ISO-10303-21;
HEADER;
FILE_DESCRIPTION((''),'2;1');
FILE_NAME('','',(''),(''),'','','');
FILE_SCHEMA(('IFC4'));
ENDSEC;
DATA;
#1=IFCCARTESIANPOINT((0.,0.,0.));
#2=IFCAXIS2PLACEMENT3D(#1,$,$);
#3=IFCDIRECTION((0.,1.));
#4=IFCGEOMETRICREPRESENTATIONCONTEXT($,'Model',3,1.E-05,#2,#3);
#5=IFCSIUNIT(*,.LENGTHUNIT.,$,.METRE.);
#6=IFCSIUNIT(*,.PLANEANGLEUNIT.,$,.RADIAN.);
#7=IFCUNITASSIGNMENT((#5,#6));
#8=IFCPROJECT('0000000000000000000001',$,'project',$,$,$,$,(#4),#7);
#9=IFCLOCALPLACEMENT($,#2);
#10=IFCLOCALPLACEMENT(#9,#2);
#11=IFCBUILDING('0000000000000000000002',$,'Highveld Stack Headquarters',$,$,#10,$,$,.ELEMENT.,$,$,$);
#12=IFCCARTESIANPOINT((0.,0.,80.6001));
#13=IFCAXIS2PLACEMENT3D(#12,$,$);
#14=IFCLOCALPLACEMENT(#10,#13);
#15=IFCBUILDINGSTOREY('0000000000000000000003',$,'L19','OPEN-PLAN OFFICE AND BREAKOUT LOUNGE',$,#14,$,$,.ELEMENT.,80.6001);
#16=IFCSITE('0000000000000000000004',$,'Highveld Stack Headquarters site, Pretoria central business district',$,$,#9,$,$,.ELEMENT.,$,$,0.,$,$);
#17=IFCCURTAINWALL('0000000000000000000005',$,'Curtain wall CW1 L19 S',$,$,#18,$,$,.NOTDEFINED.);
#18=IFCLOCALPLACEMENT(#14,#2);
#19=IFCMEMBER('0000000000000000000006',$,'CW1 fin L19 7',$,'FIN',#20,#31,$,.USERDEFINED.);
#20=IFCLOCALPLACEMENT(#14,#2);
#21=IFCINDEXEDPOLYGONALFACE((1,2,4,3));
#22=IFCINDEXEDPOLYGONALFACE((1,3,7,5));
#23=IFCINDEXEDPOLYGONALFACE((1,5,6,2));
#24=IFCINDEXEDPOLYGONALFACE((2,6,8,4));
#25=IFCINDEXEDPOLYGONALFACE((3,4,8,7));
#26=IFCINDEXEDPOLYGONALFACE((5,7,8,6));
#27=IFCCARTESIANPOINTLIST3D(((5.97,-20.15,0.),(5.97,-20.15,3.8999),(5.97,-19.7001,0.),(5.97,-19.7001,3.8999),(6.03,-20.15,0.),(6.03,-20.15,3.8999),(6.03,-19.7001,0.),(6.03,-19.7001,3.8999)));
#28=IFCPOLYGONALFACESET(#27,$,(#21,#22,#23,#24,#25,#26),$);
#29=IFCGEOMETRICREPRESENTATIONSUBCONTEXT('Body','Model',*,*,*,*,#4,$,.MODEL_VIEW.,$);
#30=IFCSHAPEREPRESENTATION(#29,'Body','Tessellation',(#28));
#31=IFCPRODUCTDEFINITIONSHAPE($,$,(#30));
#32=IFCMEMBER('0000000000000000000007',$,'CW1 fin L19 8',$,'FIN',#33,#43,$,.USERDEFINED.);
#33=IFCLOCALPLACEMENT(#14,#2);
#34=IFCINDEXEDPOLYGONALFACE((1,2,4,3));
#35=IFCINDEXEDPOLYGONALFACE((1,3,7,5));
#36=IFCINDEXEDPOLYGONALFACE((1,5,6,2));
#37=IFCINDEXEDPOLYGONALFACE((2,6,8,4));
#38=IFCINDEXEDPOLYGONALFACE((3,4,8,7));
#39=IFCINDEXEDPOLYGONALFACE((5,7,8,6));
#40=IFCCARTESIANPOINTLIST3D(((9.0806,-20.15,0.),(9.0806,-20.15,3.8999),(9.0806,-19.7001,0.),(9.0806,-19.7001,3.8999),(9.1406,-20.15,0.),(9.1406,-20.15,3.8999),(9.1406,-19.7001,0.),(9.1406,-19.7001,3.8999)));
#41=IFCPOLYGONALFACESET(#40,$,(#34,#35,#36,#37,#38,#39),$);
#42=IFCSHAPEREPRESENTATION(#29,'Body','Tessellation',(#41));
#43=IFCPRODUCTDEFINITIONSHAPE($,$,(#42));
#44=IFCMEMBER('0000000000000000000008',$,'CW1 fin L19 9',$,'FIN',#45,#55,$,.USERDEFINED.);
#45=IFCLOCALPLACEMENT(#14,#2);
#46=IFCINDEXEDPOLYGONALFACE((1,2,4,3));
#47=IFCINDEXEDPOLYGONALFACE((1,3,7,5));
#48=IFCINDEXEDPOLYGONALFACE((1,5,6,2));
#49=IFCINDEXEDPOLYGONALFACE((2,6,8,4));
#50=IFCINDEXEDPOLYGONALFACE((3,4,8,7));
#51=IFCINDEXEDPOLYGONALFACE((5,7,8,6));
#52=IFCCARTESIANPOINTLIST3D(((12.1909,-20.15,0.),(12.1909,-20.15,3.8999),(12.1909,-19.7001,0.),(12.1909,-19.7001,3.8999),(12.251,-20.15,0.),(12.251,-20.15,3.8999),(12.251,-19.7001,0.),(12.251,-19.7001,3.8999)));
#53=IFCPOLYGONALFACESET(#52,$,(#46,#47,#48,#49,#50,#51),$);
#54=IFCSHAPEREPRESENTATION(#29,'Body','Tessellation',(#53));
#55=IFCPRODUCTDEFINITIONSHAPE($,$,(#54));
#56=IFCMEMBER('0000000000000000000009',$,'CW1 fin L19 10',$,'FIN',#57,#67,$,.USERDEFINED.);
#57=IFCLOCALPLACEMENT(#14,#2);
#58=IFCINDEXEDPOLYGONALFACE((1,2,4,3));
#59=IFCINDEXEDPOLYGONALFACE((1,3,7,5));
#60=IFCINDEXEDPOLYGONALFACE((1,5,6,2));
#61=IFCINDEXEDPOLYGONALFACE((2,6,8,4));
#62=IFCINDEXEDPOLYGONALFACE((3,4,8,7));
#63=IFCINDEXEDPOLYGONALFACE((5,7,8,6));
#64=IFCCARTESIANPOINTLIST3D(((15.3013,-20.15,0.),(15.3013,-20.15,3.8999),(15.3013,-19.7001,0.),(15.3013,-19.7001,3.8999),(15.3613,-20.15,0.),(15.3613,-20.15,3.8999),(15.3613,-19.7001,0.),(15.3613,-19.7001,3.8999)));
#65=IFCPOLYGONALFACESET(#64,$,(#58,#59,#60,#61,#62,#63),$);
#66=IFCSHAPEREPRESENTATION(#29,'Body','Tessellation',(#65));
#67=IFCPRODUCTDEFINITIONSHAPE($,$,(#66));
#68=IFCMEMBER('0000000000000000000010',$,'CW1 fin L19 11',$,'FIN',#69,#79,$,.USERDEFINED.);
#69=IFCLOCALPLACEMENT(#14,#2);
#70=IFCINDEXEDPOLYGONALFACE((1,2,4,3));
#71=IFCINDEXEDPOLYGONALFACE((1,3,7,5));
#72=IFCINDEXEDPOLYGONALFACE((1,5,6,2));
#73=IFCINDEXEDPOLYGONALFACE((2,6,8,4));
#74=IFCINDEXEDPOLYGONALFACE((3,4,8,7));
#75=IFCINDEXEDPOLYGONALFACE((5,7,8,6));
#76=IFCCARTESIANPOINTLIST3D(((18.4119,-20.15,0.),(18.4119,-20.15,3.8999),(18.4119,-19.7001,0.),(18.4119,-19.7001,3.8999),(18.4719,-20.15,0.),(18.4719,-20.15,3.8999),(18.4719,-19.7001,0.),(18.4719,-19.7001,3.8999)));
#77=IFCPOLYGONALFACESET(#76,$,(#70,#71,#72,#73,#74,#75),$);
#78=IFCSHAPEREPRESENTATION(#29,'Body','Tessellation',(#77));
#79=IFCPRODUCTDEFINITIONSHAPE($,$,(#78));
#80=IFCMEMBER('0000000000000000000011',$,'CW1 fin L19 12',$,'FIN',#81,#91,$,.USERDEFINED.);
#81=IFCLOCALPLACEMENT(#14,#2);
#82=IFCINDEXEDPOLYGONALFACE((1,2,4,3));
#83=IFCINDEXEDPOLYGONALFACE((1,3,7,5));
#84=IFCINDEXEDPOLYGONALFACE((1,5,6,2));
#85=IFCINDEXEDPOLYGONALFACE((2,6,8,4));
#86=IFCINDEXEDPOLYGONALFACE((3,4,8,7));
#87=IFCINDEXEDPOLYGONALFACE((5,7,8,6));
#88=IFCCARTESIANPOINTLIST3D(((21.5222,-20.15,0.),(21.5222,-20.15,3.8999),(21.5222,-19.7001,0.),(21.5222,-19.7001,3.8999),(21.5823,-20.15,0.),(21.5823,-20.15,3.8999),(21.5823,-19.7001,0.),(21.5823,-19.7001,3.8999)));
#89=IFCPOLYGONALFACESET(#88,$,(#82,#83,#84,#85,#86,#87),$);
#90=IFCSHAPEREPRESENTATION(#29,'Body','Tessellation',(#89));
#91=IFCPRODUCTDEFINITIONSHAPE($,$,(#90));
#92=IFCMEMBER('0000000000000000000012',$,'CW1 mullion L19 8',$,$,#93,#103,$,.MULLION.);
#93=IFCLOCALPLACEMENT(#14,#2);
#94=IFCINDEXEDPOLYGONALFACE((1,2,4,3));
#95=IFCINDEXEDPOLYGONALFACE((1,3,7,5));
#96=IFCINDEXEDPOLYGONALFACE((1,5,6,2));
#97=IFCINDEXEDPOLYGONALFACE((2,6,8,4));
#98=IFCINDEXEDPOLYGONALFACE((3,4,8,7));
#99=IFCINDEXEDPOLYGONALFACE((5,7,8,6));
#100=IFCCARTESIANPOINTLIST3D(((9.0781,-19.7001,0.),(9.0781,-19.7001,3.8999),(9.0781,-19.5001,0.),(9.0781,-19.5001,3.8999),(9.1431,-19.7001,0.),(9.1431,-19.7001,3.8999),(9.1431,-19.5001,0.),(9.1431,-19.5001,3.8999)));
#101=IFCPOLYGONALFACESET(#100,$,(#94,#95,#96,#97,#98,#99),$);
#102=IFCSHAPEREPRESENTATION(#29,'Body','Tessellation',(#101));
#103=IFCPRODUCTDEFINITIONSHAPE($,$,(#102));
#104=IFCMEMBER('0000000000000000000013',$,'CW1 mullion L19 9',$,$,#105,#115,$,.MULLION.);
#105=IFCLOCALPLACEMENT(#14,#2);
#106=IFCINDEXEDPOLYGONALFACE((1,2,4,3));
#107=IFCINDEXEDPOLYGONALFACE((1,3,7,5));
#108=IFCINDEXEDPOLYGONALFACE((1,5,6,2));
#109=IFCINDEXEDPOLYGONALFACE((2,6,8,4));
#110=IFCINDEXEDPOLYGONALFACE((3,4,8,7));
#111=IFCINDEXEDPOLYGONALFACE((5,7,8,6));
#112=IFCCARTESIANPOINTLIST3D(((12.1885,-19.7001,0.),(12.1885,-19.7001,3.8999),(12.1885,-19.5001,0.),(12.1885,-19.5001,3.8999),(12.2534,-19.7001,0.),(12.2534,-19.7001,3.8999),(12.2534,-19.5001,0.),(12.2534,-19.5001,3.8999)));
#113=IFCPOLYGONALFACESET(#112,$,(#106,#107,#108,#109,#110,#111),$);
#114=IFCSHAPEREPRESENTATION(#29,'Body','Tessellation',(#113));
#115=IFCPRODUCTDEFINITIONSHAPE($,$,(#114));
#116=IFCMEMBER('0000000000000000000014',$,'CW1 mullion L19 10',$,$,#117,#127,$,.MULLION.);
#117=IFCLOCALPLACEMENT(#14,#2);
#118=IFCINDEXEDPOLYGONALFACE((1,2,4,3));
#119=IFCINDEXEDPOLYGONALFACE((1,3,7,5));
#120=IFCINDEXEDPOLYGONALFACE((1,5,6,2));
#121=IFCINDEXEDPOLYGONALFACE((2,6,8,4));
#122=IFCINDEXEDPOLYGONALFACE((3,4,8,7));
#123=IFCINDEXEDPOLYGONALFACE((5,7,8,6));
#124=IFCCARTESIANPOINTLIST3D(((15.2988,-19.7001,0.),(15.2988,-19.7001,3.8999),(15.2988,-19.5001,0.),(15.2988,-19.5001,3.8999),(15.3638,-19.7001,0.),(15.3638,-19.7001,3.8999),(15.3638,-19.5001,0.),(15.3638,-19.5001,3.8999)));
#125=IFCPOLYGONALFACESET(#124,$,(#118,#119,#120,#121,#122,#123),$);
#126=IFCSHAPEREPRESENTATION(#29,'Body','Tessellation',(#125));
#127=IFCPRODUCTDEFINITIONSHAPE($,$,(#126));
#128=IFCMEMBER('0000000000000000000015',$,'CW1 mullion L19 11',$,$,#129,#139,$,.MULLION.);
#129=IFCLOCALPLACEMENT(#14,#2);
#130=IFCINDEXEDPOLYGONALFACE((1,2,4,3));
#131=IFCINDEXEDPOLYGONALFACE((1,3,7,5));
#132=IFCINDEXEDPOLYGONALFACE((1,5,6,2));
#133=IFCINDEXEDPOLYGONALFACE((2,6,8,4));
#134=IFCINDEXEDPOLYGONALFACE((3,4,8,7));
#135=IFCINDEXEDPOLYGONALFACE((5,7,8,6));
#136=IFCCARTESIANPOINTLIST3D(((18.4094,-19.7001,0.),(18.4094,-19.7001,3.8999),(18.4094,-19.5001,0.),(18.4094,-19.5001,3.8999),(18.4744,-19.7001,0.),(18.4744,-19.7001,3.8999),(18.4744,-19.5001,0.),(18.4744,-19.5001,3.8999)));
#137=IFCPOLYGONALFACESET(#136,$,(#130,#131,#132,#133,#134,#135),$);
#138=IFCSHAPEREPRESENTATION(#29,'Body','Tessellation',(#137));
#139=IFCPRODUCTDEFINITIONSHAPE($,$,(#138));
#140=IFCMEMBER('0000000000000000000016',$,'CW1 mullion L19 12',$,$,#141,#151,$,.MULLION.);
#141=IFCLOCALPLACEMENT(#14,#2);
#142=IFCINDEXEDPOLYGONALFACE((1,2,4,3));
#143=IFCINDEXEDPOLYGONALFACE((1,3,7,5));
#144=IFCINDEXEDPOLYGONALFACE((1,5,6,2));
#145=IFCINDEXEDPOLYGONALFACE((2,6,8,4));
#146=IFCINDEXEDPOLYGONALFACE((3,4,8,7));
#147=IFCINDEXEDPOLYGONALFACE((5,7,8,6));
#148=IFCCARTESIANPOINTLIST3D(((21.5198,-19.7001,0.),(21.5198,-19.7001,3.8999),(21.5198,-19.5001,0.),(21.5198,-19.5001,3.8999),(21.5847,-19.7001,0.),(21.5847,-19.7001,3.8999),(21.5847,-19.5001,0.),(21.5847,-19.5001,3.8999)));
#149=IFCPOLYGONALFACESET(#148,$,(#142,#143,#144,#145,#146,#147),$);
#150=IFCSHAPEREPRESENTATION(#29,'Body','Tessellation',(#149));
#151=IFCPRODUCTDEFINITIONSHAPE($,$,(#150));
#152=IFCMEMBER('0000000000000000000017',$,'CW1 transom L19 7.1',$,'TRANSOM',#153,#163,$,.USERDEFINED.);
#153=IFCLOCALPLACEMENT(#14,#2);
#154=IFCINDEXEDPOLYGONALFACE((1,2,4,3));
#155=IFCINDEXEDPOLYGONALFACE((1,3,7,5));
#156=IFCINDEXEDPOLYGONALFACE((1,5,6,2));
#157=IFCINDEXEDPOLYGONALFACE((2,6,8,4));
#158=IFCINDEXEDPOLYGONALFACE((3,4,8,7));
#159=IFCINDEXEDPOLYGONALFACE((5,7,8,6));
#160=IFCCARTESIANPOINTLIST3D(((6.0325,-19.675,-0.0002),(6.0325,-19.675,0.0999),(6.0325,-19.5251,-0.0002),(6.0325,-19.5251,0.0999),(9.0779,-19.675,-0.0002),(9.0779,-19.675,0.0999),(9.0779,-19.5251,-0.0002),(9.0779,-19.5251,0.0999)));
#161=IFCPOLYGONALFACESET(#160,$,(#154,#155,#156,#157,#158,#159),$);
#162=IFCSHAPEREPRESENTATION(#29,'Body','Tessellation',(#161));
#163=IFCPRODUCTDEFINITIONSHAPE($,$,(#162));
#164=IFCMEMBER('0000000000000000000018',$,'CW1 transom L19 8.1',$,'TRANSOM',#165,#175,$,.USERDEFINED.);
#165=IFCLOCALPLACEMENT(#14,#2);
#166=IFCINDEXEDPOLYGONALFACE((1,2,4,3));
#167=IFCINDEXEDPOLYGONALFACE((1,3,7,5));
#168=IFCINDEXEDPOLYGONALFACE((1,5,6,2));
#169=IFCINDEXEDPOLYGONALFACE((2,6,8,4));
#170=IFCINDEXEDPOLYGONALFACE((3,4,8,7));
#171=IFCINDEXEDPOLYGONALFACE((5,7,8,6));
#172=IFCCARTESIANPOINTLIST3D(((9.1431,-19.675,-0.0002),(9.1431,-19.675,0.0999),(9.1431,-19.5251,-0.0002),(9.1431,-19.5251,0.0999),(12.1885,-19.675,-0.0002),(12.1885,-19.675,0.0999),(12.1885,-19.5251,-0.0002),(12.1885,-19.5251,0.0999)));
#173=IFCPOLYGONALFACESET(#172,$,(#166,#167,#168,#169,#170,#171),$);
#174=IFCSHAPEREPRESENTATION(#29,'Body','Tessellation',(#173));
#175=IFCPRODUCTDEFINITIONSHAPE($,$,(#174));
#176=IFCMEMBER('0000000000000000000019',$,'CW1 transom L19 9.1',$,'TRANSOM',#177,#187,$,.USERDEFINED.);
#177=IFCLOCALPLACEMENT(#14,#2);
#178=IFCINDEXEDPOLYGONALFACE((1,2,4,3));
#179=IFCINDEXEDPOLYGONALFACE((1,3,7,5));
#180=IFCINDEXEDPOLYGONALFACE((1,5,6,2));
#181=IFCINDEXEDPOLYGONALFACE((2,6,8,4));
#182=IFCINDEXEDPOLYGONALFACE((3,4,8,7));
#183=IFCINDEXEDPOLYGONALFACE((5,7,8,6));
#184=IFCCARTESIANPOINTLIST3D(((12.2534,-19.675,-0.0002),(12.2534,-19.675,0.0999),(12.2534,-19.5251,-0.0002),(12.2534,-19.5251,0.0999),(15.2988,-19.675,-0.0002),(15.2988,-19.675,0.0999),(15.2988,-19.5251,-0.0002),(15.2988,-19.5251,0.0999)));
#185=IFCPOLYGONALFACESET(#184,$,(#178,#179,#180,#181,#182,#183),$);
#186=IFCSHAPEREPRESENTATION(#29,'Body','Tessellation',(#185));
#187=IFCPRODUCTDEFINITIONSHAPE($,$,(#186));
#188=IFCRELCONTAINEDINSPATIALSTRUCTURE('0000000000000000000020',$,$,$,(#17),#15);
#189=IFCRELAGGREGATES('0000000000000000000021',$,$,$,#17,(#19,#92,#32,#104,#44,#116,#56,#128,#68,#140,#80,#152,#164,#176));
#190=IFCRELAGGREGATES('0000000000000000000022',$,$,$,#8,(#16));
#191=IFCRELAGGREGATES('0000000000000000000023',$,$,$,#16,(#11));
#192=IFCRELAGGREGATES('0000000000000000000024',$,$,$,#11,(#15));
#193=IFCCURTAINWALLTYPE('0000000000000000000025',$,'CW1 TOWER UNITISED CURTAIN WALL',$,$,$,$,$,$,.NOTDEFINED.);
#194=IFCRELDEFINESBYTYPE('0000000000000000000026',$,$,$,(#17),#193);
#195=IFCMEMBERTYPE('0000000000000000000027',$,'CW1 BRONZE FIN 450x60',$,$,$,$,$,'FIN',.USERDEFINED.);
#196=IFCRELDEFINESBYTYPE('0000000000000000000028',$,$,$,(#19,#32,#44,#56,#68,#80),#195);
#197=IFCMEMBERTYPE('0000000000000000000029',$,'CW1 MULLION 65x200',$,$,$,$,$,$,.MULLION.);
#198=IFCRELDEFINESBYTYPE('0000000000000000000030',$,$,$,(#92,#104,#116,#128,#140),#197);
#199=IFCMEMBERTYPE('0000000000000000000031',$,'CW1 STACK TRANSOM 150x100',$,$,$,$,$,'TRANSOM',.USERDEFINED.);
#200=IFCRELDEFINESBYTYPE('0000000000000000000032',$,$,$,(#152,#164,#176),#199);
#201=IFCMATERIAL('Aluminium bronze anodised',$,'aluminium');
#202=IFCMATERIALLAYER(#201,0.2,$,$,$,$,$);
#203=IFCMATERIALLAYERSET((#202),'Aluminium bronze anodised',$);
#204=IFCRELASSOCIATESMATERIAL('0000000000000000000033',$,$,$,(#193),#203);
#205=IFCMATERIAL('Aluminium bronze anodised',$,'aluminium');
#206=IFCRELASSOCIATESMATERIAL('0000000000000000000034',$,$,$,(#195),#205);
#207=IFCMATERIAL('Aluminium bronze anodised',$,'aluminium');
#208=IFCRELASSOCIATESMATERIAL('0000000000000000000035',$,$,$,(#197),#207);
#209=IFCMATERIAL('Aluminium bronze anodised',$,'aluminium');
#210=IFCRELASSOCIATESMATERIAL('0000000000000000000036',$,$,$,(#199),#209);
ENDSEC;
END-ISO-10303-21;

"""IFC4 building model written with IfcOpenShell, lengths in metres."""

from ifc_helpers import new_model, si_unit, direction, frame, origin, origin_2d, place, context, subcontext, project, spatial, rectangle, extrude, material, layer, layer_set, material_profile, profile_set, type_object, element, aggregate, save


model = new_model("IFC4")

# Units and contexts
model_context = context("Model", 3, precision=1e-05, world=origin(), true_north=direction((0.0, 1.0)))
body_context = subcontext(model_context, "Body", "Model", "MODEL_VIEW")
ifc_project = project(units=[si_unit("LENGTHUNIT", "METRE"), si_unit("PLANEANGLEUNIT", "RADIAN")], contexts=[model_context])

# Site, building, storey
site_placement = place(None, origin())
site = spatial("IfcSite", under=ifc_project, at=site_placement, Name="Highveld Stack Headquarters site, Pretoria central business district", CompositionType="ELEMENT", RefElevation=0.0)
building_placement = place(site_placement, origin())
building = spatial("IfcBuilding", under=site, at=building_placement, Name="Highveld Stack Headquarters", CompositionType="ELEMENT")
storey_placement = place(building_placement, frame((0.0, 0.0, 80.6001)))
storey = spatial("IfcBuildingStorey", under=building, at=storey_placement, Name="L19", Description="OPEN-PLAN OFFICE AND BREAKOUT LOUNGE", CompositionType="ELEMENT", Elevation=80.6001)

# Curtain wall, members
ifc_material_1 = material(Name="Aluminium bronze anodised", Category="aluminium")
ifc_layer_1 = layer(ifc_material_1, 0.2)
ifc_layer_set_1 = layer_set([ifc_layer_1], Name="Aluminium bronze anodised")
curtain_wall_type = type_object("IfcCurtainWallType", Name="CW1 TOWER UNITISED CURTAIN WALL", PredefinedType="NOTDEFINED", material=ifc_layer_set_1)
curtain_wall_placement = place(storey_placement, origin())
curtain_wall = element("IfcCurtainWall", 1, at=curtain_wall_placement, inside=storey, type_object=curtain_wall_type, Name="Curtain wall CW1 L19 S", PredefinedType="NOTDEFINED")
ifc_material_2 = material(Name="Aluminium bronze anodised", Category="aluminium")
ifc_material_profile_1 = material_profile(ifc_material_2, rectangle(XDim=0.45, YDim=0.0601, at=origin_2d()), Name="FIN 450x60")
ifc_profile_set_1 = profile_set([ifc_material_profile_1], Name="Aluminium bronze anodised")
member_type_1 = type_object("IfcMemberType", Name="CW1 BRONZE FIN 450x60", ElementType="FIN", PredefinedType="USERDEFINED", material=ifc_profile_set_1)
member_1_placement = place(storey_placement, frame((6.0, -19.925, 0.0), z_axis=(0.0, 0.0, 1.0), x_axis=(0.0, 1.0, 0.0)))
member_1 = element("IfcMember", 2, at=member_1_placement, type_object=member_type_1, Name="CW1 fin L19 7", ObjectType="FIN", PredefinedType="USERDEFINED", context=body_context, shape_type="SweptSolid", body=[
    extrude(rectangle(XDim=0.45, YDim=0.0601, at=origin_2d()), origin(), (0.0, 0.0, 1.0), 3.8999),
])
member_2_placement = place(storey_placement, frame((9.1106, -19.925, 0.0), z_axis=(0.0, 0.0, 1.0), x_axis=(0.0, 1.0, 0.0)))
member_2 = element("IfcMember", 3, at=member_2_placement, type_object=member_type_1, Name="CW1 fin L19 8", ObjectType="FIN", PredefinedType="USERDEFINED", context=body_context, shape_type="SweptSolid", body=[
    extrude(rectangle(XDim=0.45, YDim=0.0601, at=origin_2d()), origin(), (0.0, 0.0, 1.0), 3.8999),
])
member_3_placement = place(storey_placement, frame((12.2209, -19.925, 0.0), z_axis=(0.0, 0.0, 1.0), x_axis=(0.0, 1.0, 0.0)))
member_3 = element("IfcMember", 4, at=member_3_placement, type_object=member_type_1, Name="CW1 fin L19 9", ObjectType="FIN", PredefinedType="USERDEFINED", context=body_context, shape_type="SweptSolid", body=[
    extrude(rectangle(XDim=0.45, YDim=0.0601, at=origin_2d()), origin(), (0.0, 0.0, 1.0), 3.8999),
])
member_4_placement = place(storey_placement, frame((15.3313, -19.925, 0.0), z_axis=(0.0, 0.0, 1.0), x_axis=(0.0, 1.0, 0.0)))
member_4 = element("IfcMember", 5, at=member_4_placement, type_object=member_type_1, Name="CW1 fin L19 10", ObjectType="FIN", PredefinedType="USERDEFINED", context=body_context, shape_type="SweptSolid", body=[
    extrude(rectangle(XDim=0.45, YDim=0.0601, at=origin_2d()), origin(), (0.0, 0.0, 1.0), 3.8999),
])
member_5_placement = place(storey_placement, frame((18.4419, -19.925, 0.0), z_axis=(0.0, 0.0, 1.0), x_axis=(0.0, 1.0, 0.0)))
member_5 = element("IfcMember", 6, at=member_5_placement, type_object=member_type_1, Name="CW1 fin L19 11", ObjectType="FIN", PredefinedType="USERDEFINED", context=body_context, shape_type="SweptSolid", body=[
    extrude(rectangle(XDim=0.45, YDim=0.0601, at=origin_2d()), origin(), (0.0, 0.0, 1.0), 3.8999),
])
member_6_placement = place(storey_placement, frame((21.5522, -19.925, 0.0), z_axis=(0.0, 0.0, 1.0), x_axis=(0.0, 1.0, 0.0)))
member_6 = element("IfcMember", 7, at=member_6_placement, type_object=member_type_1, Name="CW1 fin L19 12", ObjectType="FIN", PredefinedType="USERDEFINED", context=body_context, shape_type="SweptSolid", body=[
    extrude(rectangle(XDim=0.45, YDim=0.0601, at=origin_2d()), origin(), (0.0, 0.0, 1.0), 3.8999),
])
ifc_material_3 = material(Name="Aluminium bronze anodised", Category="aluminium")
ifc_material_profile_2 = material_profile(ifc_material_3, rectangle(XDim=0.2, YDim=0.0649, at=origin_2d()), Name="CW1 MULLION 65x200")
ifc_profile_set_2 = profile_set([ifc_material_profile_2], Name="Aluminium bronze anodised")
member_type_2 = type_object("IfcMemberType", Name="CW1 MULLION 65x200", PredefinedType="MULLION", material=ifc_profile_set_2)
member_7_placement = place(storey_placement, frame((9.1106, -19.6001, 0.0), z_axis=(0.0, 0.0, 1.0), x_axis=(0.0, 1.0, 0.0)))
member_7 = element("IfcMember", 8, at=member_7_placement, type_object=member_type_2, Name="CW1 mullion L19 8", PredefinedType="MULLION", context=body_context, shape_type="SweptSolid", body=[
    extrude(rectangle(XDim=0.2, YDim=0.0649, at=origin_2d()), origin(), (0.0, 0.0, 1.0), 3.8999),
])
member_8_placement = place(storey_placement, frame((12.2209, -19.6001, 0.0), z_axis=(0.0, 0.0, 1.0), x_axis=(0.0, 1.0, 0.0)))
member_8 = element("IfcMember", 9, at=member_8_placement, type_object=member_type_2, Name="CW1 mullion L19 9", PredefinedType="MULLION", context=body_context, shape_type="SweptSolid", body=[
    extrude(rectangle(XDim=0.2, YDim=0.0649, at=origin_2d()), origin(), (0.0, 0.0, 1.0), 3.8999),
])
member_9_placement = place(storey_placement, frame((15.3313, -19.6001, 0.0), z_axis=(0.0, 0.0, 1.0), x_axis=(0.0, 1.0, 0.0)))
member_9 = element("IfcMember", 10, at=member_9_placement, type_object=member_type_2, Name="CW1 mullion L19 10", PredefinedType="MULLION", context=body_context, shape_type="SweptSolid", body=[
    extrude(rectangle(XDim=0.2, YDim=0.0649, at=origin_2d()), origin(), (0.0, 0.0, 1.0), 3.8999),
])
member_10_placement = place(storey_placement, frame((18.4419, -19.6001, 0.0), z_axis=(0.0, 0.0, 1.0), x_axis=(0.0, 1.0, 0.0)))
member_10 = element("IfcMember", 11, at=member_10_placement, type_object=member_type_2, Name="CW1 mullion L19 11", PredefinedType="MULLION", context=body_context, shape_type="SweptSolid", body=[
    extrude(rectangle(XDim=0.2, YDim=0.0649, at=origin_2d()), origin(), (0.0, 0.0, 1.0), 3.8999),
])
member_11_placement = place(storey_placement, frame((21.5522, -19.6001, 0.0), z_axis=(0.0, 0.0, 1.0), x_axis=(0.0, 1.0, 0.0)))
member_11 = element("IfcMember", 12, at=member_11_placement, type_object=member_type_2, Name="CW1 mullion L19 12", PredefinedType="MULLION", context=body_context, shape_type="SweptSolid", body=[
    extrude(rectangle(XDim=0.2, YDim=0.0649, at=origin_2d()), origin(), (0.0, 0.0, 1.0), 3.8999),
])
ifc_material_4 = material(Name="Aluminium bronze anodised", Category="aluminium")
ifc_material_profile_3 = material_profile(ifc_material_4, rectangle(XDim=0.1499, YDim=0.1001, at=origin_2d()), Name="CW1 TRANSOM 150x100")
ifc_profile_set_3 = profile_set([ifc_material_profile_3], Name="Aluminium bronze anodised")
member_type_3 = type_object("IfcMemberType", Name="CW1 STACK TRANSOM 150x100", ElementType="TRANSOM", PredefinedType="USERDEFINED", material=ifc_profile_set_3)
member_12_placement = place(storey_placement, frame((6.0325, -19.6001, 0.0498), z_axis=(1.0, 0.0, 0.0), x_axis=(0.0, 1.0, 0.0)))
member_12 = element("IfcMember", 13, at=member_12_placement, type_object=member_type_3, Name="CW1 transom L19 7.1", ObjectType="TRANSOM", PredefinedType="USERDEFINED", context=body_context, shape_type="SweptSolid", body=[
    extrude(rectangle(XDim=0.1499, YDim=0.1001, at=origin_2d()), origin(), (0.0, 0.0, 1.0), 3.0454),
])
member_13_placement = place(storey_placement, frame((9.1431, -19.6001, 0.0498), z_axis=(1.0, 0.0, 0.0), x_axis=(0.0, 1.0, 0.0)))
member_13 = element("IfcMember", 14, at=member_13_placement, type_object=member_type_3, Name="CW1 transom L19 8.1", ObjectType="TRANSOM", PredefinedType="USERDEFINED", context=body_context, shape_type="SweptSolid", body=[
    extrude(rectangle(XDim=0.1499, YDim=0.1001, at=origin_2d()), origin(), (0.0, 0.0, 1.0), 3.0454),
])
member_14_placement = place(storey_placement, frame((12.2534, -19.6001, 0.0498), z_axis=(1.0, 0.0, 0.0), x_axis=(0.0, 1.0, 0.0)))
member_14 = element("IfcMember", 15, at=member_14_placement, type_object=member_type_3, Name="CW1 transom L19 9.1", ObjectType="TRANSOM", PredefinedType="USERDEFINED", context=body_context, shape_type="SweptSolid", body=[
    extrude(rectangle(XDim=0.1499, YDim=0.1001, at=origin_2d()), origin(), (0.0, 0.0, 1.0), 3.0454),
])
aggregate(curtain_wall, [member_1, member_7, member_2, member_8, member_3, member_9, member_4, member_10, member_5, member_11, member_6, member_12, member_13, member_14])

save(model, "model.ifc")
